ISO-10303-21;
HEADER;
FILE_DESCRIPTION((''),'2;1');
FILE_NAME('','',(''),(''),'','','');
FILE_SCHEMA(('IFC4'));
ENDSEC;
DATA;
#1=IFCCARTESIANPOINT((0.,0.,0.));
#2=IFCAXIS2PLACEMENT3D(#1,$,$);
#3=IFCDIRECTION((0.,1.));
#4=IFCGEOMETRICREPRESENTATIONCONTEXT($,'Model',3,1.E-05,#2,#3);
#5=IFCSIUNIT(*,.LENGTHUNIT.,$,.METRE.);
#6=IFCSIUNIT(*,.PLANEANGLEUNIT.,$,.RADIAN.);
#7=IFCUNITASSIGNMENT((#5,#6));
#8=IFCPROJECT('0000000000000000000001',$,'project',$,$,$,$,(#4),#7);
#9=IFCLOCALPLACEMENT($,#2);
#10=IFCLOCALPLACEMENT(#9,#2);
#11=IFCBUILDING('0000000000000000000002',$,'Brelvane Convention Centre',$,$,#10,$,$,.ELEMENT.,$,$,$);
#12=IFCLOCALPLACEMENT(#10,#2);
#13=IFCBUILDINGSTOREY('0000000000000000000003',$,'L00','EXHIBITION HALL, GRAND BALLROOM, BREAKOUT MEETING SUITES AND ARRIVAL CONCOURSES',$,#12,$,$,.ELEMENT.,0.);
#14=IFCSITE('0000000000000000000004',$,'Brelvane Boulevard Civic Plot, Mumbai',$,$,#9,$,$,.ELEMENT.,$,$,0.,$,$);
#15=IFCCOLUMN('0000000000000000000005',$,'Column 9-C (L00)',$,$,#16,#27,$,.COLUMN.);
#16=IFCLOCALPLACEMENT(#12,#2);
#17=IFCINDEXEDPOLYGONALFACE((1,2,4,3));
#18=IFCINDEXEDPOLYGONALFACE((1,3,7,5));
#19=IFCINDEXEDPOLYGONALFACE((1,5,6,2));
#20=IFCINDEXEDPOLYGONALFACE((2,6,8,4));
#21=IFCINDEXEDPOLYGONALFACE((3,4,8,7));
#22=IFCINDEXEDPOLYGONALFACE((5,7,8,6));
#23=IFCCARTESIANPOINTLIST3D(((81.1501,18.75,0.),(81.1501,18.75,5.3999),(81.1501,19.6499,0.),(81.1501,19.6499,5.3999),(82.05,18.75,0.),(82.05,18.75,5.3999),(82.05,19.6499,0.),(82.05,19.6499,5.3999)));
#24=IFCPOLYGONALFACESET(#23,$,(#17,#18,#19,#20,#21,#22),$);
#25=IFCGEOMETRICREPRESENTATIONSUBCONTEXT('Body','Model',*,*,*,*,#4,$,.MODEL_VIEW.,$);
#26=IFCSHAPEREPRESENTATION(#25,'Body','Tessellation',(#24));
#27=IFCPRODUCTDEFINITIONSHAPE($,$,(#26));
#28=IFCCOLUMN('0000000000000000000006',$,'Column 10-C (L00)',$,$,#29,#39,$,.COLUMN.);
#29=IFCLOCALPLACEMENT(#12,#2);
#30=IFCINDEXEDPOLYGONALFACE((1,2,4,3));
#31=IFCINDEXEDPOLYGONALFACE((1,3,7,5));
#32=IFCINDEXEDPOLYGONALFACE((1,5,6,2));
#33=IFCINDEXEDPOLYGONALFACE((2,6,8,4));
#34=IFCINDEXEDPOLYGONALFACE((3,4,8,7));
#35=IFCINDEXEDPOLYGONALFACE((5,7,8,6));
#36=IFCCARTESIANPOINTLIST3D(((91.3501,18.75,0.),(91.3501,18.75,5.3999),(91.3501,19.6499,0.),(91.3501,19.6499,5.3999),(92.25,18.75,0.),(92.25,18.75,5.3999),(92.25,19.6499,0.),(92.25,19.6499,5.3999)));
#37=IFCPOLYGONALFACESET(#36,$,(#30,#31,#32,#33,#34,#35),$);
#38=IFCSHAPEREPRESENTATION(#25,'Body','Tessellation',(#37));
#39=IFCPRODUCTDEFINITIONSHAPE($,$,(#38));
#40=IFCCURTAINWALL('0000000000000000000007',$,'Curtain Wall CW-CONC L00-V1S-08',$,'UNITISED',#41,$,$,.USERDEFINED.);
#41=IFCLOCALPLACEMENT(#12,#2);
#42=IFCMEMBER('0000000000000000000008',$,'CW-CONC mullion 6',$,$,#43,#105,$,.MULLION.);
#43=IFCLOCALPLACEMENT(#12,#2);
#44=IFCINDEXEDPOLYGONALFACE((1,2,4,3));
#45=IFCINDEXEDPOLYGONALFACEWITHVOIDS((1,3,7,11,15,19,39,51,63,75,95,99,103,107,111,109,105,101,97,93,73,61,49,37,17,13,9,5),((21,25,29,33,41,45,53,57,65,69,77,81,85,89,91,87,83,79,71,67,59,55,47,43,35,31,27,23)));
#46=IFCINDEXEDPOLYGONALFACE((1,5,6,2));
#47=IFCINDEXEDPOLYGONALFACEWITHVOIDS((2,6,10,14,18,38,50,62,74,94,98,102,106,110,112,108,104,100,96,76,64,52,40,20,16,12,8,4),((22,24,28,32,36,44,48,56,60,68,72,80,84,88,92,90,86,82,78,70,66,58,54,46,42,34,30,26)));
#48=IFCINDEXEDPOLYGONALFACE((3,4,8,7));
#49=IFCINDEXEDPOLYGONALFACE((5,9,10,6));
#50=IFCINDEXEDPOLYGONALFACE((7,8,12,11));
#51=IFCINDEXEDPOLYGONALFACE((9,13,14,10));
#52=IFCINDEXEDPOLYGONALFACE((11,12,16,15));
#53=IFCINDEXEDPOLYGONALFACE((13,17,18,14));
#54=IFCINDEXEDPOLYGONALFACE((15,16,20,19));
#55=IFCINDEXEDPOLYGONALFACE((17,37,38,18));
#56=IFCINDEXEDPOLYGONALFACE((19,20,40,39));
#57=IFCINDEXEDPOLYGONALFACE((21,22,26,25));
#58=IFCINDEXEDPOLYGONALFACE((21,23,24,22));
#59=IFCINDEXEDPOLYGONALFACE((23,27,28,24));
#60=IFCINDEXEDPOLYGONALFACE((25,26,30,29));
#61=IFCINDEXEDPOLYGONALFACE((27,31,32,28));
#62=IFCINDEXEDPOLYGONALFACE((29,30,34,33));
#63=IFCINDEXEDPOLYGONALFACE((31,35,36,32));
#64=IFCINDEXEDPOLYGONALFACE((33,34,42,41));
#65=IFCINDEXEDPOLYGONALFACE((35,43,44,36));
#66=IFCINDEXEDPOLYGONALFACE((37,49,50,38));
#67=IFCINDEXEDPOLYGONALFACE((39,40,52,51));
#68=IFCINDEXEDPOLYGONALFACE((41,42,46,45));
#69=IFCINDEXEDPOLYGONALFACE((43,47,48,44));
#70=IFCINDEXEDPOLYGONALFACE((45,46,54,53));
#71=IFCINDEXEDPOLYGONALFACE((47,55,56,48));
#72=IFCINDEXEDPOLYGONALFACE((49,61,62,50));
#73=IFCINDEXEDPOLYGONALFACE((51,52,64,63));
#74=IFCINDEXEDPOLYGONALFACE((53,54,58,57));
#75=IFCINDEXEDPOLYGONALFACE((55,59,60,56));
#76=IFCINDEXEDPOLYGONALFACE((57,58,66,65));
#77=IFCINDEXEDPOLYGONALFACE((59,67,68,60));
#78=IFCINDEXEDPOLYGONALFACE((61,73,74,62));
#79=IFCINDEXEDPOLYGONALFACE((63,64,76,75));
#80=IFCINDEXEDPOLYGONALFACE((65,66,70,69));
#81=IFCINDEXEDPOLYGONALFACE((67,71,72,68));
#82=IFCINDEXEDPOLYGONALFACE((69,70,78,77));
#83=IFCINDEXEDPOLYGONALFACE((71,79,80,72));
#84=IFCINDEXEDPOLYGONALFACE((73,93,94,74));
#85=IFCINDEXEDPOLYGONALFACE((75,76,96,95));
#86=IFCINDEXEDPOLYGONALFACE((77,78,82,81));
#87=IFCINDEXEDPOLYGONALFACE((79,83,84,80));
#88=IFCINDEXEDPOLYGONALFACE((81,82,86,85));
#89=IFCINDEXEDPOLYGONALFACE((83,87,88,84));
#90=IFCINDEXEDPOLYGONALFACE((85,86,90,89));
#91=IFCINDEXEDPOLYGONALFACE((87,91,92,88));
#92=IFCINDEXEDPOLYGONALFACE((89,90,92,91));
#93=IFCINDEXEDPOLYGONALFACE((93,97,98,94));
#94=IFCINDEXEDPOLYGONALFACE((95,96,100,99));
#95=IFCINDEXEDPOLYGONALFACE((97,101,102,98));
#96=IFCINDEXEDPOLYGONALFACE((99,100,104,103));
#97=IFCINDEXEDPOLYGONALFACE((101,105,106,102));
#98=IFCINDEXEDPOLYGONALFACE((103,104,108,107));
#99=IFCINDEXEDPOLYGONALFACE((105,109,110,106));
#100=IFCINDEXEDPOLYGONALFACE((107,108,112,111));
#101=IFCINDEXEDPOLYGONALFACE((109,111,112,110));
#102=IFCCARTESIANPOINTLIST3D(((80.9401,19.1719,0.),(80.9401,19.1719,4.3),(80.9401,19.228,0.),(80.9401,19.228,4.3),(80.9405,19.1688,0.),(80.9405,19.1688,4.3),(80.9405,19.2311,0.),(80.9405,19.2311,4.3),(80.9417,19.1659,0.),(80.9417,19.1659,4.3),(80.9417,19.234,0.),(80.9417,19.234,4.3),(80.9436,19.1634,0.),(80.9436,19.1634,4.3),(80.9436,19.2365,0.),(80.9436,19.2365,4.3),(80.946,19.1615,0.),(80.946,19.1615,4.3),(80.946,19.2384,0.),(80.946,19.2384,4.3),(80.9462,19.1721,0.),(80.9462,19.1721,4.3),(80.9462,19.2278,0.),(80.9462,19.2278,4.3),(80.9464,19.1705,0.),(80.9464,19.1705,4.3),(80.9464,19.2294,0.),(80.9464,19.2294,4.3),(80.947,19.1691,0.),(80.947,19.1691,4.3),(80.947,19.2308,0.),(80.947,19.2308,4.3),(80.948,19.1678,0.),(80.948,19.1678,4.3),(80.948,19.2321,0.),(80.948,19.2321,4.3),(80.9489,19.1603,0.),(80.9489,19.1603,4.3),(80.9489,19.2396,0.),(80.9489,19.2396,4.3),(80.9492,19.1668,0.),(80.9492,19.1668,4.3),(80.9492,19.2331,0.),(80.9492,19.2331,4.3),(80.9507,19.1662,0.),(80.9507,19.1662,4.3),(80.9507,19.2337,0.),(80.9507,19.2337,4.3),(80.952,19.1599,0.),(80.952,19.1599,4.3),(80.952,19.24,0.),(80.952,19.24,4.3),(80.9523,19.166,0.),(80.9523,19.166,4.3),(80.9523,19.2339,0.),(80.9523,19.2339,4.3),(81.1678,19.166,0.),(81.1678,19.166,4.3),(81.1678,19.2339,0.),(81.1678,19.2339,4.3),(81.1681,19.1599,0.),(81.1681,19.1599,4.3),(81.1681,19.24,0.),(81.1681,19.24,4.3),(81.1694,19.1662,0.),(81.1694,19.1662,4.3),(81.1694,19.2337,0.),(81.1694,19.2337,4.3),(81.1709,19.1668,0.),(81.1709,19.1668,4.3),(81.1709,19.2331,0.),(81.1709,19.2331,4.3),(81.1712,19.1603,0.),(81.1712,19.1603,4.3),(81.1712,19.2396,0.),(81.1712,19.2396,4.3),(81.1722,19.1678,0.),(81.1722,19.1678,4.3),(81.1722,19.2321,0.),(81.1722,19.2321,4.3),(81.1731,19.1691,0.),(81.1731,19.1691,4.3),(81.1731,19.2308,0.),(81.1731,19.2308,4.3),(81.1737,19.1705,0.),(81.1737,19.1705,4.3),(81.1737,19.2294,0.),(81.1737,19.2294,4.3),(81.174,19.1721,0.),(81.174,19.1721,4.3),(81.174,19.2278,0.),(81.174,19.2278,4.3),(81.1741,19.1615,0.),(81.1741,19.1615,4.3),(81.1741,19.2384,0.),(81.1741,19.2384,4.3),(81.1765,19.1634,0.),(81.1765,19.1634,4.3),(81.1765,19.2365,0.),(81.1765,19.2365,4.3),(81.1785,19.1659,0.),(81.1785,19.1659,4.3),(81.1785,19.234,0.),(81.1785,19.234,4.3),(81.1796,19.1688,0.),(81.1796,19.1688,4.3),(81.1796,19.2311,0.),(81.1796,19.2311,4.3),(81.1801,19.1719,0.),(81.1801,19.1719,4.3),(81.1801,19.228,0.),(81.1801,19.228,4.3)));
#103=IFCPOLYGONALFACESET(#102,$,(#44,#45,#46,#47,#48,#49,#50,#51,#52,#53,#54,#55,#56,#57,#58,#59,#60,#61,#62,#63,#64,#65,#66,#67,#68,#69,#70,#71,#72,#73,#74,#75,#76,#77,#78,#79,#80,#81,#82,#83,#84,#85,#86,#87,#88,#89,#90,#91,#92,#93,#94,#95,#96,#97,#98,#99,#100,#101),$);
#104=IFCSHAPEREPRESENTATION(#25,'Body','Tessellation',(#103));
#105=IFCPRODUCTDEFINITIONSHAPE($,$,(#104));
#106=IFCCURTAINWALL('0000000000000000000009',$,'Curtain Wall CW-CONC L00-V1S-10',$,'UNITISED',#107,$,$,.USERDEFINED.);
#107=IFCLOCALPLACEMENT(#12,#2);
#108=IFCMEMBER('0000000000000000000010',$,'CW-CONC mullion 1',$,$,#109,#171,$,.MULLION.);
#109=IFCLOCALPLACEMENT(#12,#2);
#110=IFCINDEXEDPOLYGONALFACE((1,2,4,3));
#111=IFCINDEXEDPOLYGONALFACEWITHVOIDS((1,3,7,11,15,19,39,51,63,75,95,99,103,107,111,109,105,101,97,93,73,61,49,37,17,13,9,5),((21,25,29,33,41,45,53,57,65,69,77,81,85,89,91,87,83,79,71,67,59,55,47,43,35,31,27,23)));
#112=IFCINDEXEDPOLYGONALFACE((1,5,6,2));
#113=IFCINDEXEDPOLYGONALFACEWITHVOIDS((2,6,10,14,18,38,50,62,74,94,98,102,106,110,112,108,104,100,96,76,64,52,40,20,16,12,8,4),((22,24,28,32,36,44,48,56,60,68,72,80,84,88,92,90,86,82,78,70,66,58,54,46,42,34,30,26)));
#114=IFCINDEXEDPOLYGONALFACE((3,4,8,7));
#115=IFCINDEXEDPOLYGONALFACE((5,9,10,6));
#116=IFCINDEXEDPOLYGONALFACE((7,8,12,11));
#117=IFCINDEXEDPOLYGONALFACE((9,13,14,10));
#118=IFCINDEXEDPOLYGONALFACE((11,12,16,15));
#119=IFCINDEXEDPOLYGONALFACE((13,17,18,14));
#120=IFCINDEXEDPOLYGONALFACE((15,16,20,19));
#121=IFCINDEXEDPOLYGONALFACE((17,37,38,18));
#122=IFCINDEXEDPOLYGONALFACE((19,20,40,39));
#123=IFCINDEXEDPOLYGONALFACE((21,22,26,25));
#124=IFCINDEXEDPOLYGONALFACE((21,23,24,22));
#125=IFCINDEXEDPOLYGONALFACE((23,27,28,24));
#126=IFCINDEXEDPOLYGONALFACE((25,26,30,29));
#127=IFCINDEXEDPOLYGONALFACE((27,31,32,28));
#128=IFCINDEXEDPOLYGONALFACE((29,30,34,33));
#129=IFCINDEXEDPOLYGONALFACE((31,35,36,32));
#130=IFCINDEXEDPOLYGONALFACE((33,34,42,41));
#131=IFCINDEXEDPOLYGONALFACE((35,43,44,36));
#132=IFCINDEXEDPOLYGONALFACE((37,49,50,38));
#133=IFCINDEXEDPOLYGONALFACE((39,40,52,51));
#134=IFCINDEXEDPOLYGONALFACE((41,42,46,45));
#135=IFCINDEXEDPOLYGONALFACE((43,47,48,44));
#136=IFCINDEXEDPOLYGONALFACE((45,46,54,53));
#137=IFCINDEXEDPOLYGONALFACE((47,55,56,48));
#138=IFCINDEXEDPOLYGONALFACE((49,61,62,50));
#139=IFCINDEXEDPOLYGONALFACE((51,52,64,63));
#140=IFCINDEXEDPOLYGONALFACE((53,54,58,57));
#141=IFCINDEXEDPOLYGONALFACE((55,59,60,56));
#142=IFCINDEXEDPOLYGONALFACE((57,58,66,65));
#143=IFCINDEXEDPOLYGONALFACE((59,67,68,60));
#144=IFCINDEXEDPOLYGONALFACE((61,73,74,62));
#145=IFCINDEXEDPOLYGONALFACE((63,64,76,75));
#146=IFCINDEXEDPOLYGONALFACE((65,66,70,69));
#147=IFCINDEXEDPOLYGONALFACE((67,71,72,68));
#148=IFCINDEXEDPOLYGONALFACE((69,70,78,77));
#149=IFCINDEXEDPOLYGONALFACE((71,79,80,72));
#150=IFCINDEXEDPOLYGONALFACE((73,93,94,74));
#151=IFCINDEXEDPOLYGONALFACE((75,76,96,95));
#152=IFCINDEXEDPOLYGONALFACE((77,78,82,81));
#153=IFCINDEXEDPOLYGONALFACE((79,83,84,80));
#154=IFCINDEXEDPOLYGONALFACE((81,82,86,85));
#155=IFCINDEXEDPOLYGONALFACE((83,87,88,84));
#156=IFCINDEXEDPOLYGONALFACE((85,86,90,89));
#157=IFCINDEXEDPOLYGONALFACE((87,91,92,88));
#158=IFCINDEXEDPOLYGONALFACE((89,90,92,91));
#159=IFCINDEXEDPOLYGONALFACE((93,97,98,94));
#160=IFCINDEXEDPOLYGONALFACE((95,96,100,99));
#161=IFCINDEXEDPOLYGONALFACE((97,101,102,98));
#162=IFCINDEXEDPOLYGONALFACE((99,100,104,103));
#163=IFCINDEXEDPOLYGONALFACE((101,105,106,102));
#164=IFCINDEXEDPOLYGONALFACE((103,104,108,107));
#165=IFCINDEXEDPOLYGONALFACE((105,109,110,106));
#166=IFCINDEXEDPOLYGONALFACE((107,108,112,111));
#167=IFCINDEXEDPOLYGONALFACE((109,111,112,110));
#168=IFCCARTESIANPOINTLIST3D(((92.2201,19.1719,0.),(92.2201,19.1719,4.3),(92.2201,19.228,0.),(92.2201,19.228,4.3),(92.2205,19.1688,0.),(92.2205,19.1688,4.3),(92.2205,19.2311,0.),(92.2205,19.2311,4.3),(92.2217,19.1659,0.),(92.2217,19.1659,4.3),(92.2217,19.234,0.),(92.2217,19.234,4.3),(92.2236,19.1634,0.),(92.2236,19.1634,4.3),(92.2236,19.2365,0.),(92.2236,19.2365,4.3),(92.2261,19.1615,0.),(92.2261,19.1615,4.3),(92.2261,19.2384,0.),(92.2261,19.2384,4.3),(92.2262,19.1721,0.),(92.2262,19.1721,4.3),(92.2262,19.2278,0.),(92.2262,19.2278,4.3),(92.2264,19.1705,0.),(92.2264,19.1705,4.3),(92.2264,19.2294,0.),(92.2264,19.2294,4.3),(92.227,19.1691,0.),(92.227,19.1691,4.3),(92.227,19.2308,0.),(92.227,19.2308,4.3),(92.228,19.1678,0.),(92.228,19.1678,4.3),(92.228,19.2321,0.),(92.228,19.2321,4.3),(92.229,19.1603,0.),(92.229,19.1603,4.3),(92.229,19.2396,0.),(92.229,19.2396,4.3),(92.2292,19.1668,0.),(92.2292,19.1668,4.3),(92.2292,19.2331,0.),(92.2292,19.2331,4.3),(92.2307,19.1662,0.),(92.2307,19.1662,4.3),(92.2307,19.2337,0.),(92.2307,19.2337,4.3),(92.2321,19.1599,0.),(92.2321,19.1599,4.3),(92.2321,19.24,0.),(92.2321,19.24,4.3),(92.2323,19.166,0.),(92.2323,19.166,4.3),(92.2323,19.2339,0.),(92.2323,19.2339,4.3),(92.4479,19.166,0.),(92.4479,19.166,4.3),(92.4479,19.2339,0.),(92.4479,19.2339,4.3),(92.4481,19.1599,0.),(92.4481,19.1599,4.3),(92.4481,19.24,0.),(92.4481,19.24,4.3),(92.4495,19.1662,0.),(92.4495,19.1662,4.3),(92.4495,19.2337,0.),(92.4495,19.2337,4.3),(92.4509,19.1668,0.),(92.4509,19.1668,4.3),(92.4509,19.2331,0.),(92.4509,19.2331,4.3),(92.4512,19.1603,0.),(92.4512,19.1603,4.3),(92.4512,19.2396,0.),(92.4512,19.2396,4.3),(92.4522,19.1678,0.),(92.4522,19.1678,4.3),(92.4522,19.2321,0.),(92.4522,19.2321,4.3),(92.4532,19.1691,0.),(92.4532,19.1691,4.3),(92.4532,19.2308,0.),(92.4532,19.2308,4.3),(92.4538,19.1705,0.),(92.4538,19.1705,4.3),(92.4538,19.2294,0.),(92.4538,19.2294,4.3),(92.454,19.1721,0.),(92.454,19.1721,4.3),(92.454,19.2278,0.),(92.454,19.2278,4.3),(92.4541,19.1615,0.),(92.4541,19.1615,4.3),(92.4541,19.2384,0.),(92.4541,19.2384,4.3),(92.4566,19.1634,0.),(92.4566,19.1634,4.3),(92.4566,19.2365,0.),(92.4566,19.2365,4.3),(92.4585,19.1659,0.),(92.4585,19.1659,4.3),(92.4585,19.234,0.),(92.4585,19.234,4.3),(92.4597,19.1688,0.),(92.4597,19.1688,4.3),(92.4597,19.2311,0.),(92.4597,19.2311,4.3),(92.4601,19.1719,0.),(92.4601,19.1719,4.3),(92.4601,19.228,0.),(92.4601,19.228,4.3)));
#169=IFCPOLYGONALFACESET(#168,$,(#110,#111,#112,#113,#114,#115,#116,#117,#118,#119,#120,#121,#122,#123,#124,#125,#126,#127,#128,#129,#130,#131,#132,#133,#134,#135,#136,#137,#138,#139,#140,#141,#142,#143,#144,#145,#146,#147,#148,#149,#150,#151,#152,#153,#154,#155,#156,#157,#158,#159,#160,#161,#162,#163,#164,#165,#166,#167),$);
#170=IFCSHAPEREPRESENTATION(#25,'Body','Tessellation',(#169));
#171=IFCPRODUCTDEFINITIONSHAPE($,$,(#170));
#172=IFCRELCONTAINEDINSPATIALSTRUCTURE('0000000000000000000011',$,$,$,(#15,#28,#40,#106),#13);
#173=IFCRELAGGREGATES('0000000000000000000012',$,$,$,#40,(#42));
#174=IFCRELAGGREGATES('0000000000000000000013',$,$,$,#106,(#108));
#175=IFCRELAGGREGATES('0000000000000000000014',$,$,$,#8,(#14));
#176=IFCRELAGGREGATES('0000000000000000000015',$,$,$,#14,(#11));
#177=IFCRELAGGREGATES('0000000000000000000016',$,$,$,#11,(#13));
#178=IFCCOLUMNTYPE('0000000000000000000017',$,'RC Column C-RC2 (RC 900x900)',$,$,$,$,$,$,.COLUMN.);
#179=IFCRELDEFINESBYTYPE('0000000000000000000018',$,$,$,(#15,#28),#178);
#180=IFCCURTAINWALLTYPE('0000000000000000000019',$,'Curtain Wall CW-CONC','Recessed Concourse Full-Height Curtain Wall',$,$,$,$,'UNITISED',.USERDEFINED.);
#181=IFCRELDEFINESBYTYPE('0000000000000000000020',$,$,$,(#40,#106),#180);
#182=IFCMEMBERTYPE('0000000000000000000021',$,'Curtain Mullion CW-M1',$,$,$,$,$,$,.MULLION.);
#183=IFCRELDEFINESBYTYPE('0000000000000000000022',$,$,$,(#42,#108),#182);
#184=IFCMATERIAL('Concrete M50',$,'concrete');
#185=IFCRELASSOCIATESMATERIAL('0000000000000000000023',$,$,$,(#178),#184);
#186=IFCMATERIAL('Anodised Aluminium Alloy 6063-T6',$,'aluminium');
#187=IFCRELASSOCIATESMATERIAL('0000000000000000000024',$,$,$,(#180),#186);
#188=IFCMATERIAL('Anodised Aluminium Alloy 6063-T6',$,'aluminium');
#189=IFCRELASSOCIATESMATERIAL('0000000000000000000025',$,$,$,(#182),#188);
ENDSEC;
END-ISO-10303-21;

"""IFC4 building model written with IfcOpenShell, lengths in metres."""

from ifc_helpers import new_model, si_unit, direction, frame, origin, origin_2d, place, context, subcontext, project, spatial, rectangle, hollow_rectangle, extrude, material, material_profile, profile_set, type_object, element, aggregate, save


model = new_model("IFC4")

# Units and contexts
model_context = context("Model", 3, precision=1e-05, world=origin(), true_north=direction((0.0, 1.0)))
body_context = subcontext(model_context, "Body", "Model", "MODEL_VIEW")
ifc_project = project(units=[si_unit("LENGTHUNIT", "METRE"), si_unit("PLANEANGLEUNIT", "RADIAN")], contexts=[model_context])

# Site, building, storey
site_placement = place(None, origin())
site = spatial("IfcSite", under=ifc_project, at=site_placement, Name="Brelvane Boulevard Civic Plot, Mumbai", CompositionType="ELEMENT", RefElevation=0.0)
building_placement = place(site_placement, origin())
building = spatial("IfcBuilding", under=site, at=building_placement, Name="Brelvane Convention Centre", CompositionType="ELEMENT")
storey_placement = place(building_placement, origin())
storey = spatial("IfcBuildingStorey", under=building, at=storey_placement, Name="L00", Description="EXHIBITION HALL, GRAND BALLROOM, BREAKOUT MEETING SUITES AND ARRIVAL CONCOURSES", CompositionType="ELEMENT", Elevation=0.0)

# Columns
ifc_material_1 = material(Name="Concrete M50", Category="concrete")
ifc_material_profile_1 = material_profile(ifc_material_1, rectangle(XDim=0.8999, YDim=0.8999, at=origin_2d()), Name="RC 900x900")
ifc_profile_set_1 = profile_set([ifc_material_profile_1], Name="Concrete M50")
column_type = type_object("IfcColumnType", Name="RC Column C-RC2 (RC 900x900)", PredefinedType="COLUMN", material=ifc_profile_set_1)
for number, where, z_axis, x_axis, name in (
    (1, (81.6001, 19.2, 0.0), (0.0, 0.0, 1.0), (1.0, 0.0, 0.0), "Column 9-C (L00)"),
    (2, (91.8, 19.2, 0.0), (0.0, 0.0, 1.0), (1.0, 0.0, 0.0), "Column 10-C (L00)"),
):
    element("IfcColumn", number, at=place(storey_placement, frame(where, z_axis=z_axis, x_axis=x_axis)), inside=storey, type_object=column_type, Name=name, PredefinedType="COLUMN", context=body_context, shape_type="SweptSolid", body=[
        extrude(rectangle(XDim=0.8999, YDim=0.8999, at=origin_2d()), origin(), (0.0, 0.0, 1.0), 5.3999),
    ])

# Curtain wall, member
ifc_material_2 = material(Name="Anodised Aluminium Alloy 6063-T6", Category="aluminium")
curtain_wall_type = type_object("IfcCurtainWallType", Name="Curtain Wall CW-CONC", Description="Recessed Concourse Full-Height Curtain Wall", ElementType="UNITISED", PredefinedType="USERDEFINED", material=ifc_material_2)
curtain_wall_1_placement = place(storey_placement, origin())
curtain_wall_1 = element("IfcCurtainWall", 3, at=curtain_wall_1_placement, inside=storey, type_object=curtain_wall_type, Name="Curtain Wall CW-CONC L00-V1S-08", ObjectType="UNITISED", PredefinedType="USERDEFINED")
ifc_material_3 = material(Name="Anodised Aluminium Alloy 6063-T6", Category="aluminium")
ifc_material_profile_2 = material_profile(ifc_material_3, hollow_rectangle(XDim=0.0801, YDim=0.24, WallThickness=0.0061, InnerFilletRadius=0.0061, OuterFilletRadius=0.012, at=origin_2d()), Name="ALU-M 240x80x6.0")
ifc_profile_set_2 = profile_set([ifc_material_profile_2], Name="Anodised Aluminium Alloy 6063-T6")
member_type_1 = type_object("IfcMemberType", Name="Curtain Mullion CW-M1", PredefinedType="MULLION", material=ifc_profile_set_2)
member_1_placement = place(storey_placement, frame((81.0601, 19.2, 0.0), z_axis=(0.0, 0.0, 1.0), x_axis=(0.0, 1.0, 0.0)))
member_1 = element("IfcMember", 4, at=member_1_placement, type_object=member_type_1, Name="CW-CONC mullion 6", PredefinedType="MULLION", context=body_context, shape_type="SweptSolid", body=[
    extrude(hollow_rectangle(XDim=0.0801, YDim=0.24, WallThickness=0.0061, InnerFilletRadius=0.0061, OuterFilletRadius=0.012, at=origin_2d()), origin(), (0.0, 0.0, 1.0), 4.3),
])

# Curtain wall, member
curtain_wall_2_placement = place(storey_placement, origin())
curtain_wall_2 = element("IfcCurtainWall", 5, at=curtain_wall_2_placement, inside=storey, type_object=curtain_wall_type, Name="Curtain Wall CW-CONC L00-V1S-10", ObjectType="UNITISED", PredefinedType="USERDEFINED")
member_2_placement = place(storey_placement, frame((92.3401, 19.2, 0.0), z_axis=(0.0, 0.0, 1.0), x_axis=(0.0, 1.0, 0.0)))
member_2 = element("IfcMember", 6, at=member_2_placement, type_object=member_type_1, Name="CW-CONC mullion 1", PredefinedType="MULLION", context=body_context, shape_type="SweptSolid", body=[
    extrude(hollow_rectangle(XDim=0.0801, YDim=0.24, WallThickness=0.0061, InnerFilletRadius=0.0061, OuterFilletRadius=0.012, at=origin_2d()), origin(), (0.0, 0.0, 1.0), 4.3),
])

aggregate(curtain_wall_1, [member_1])
aggregate(curtain_wall_2, [member_2])

save(model, "model.ifc")
